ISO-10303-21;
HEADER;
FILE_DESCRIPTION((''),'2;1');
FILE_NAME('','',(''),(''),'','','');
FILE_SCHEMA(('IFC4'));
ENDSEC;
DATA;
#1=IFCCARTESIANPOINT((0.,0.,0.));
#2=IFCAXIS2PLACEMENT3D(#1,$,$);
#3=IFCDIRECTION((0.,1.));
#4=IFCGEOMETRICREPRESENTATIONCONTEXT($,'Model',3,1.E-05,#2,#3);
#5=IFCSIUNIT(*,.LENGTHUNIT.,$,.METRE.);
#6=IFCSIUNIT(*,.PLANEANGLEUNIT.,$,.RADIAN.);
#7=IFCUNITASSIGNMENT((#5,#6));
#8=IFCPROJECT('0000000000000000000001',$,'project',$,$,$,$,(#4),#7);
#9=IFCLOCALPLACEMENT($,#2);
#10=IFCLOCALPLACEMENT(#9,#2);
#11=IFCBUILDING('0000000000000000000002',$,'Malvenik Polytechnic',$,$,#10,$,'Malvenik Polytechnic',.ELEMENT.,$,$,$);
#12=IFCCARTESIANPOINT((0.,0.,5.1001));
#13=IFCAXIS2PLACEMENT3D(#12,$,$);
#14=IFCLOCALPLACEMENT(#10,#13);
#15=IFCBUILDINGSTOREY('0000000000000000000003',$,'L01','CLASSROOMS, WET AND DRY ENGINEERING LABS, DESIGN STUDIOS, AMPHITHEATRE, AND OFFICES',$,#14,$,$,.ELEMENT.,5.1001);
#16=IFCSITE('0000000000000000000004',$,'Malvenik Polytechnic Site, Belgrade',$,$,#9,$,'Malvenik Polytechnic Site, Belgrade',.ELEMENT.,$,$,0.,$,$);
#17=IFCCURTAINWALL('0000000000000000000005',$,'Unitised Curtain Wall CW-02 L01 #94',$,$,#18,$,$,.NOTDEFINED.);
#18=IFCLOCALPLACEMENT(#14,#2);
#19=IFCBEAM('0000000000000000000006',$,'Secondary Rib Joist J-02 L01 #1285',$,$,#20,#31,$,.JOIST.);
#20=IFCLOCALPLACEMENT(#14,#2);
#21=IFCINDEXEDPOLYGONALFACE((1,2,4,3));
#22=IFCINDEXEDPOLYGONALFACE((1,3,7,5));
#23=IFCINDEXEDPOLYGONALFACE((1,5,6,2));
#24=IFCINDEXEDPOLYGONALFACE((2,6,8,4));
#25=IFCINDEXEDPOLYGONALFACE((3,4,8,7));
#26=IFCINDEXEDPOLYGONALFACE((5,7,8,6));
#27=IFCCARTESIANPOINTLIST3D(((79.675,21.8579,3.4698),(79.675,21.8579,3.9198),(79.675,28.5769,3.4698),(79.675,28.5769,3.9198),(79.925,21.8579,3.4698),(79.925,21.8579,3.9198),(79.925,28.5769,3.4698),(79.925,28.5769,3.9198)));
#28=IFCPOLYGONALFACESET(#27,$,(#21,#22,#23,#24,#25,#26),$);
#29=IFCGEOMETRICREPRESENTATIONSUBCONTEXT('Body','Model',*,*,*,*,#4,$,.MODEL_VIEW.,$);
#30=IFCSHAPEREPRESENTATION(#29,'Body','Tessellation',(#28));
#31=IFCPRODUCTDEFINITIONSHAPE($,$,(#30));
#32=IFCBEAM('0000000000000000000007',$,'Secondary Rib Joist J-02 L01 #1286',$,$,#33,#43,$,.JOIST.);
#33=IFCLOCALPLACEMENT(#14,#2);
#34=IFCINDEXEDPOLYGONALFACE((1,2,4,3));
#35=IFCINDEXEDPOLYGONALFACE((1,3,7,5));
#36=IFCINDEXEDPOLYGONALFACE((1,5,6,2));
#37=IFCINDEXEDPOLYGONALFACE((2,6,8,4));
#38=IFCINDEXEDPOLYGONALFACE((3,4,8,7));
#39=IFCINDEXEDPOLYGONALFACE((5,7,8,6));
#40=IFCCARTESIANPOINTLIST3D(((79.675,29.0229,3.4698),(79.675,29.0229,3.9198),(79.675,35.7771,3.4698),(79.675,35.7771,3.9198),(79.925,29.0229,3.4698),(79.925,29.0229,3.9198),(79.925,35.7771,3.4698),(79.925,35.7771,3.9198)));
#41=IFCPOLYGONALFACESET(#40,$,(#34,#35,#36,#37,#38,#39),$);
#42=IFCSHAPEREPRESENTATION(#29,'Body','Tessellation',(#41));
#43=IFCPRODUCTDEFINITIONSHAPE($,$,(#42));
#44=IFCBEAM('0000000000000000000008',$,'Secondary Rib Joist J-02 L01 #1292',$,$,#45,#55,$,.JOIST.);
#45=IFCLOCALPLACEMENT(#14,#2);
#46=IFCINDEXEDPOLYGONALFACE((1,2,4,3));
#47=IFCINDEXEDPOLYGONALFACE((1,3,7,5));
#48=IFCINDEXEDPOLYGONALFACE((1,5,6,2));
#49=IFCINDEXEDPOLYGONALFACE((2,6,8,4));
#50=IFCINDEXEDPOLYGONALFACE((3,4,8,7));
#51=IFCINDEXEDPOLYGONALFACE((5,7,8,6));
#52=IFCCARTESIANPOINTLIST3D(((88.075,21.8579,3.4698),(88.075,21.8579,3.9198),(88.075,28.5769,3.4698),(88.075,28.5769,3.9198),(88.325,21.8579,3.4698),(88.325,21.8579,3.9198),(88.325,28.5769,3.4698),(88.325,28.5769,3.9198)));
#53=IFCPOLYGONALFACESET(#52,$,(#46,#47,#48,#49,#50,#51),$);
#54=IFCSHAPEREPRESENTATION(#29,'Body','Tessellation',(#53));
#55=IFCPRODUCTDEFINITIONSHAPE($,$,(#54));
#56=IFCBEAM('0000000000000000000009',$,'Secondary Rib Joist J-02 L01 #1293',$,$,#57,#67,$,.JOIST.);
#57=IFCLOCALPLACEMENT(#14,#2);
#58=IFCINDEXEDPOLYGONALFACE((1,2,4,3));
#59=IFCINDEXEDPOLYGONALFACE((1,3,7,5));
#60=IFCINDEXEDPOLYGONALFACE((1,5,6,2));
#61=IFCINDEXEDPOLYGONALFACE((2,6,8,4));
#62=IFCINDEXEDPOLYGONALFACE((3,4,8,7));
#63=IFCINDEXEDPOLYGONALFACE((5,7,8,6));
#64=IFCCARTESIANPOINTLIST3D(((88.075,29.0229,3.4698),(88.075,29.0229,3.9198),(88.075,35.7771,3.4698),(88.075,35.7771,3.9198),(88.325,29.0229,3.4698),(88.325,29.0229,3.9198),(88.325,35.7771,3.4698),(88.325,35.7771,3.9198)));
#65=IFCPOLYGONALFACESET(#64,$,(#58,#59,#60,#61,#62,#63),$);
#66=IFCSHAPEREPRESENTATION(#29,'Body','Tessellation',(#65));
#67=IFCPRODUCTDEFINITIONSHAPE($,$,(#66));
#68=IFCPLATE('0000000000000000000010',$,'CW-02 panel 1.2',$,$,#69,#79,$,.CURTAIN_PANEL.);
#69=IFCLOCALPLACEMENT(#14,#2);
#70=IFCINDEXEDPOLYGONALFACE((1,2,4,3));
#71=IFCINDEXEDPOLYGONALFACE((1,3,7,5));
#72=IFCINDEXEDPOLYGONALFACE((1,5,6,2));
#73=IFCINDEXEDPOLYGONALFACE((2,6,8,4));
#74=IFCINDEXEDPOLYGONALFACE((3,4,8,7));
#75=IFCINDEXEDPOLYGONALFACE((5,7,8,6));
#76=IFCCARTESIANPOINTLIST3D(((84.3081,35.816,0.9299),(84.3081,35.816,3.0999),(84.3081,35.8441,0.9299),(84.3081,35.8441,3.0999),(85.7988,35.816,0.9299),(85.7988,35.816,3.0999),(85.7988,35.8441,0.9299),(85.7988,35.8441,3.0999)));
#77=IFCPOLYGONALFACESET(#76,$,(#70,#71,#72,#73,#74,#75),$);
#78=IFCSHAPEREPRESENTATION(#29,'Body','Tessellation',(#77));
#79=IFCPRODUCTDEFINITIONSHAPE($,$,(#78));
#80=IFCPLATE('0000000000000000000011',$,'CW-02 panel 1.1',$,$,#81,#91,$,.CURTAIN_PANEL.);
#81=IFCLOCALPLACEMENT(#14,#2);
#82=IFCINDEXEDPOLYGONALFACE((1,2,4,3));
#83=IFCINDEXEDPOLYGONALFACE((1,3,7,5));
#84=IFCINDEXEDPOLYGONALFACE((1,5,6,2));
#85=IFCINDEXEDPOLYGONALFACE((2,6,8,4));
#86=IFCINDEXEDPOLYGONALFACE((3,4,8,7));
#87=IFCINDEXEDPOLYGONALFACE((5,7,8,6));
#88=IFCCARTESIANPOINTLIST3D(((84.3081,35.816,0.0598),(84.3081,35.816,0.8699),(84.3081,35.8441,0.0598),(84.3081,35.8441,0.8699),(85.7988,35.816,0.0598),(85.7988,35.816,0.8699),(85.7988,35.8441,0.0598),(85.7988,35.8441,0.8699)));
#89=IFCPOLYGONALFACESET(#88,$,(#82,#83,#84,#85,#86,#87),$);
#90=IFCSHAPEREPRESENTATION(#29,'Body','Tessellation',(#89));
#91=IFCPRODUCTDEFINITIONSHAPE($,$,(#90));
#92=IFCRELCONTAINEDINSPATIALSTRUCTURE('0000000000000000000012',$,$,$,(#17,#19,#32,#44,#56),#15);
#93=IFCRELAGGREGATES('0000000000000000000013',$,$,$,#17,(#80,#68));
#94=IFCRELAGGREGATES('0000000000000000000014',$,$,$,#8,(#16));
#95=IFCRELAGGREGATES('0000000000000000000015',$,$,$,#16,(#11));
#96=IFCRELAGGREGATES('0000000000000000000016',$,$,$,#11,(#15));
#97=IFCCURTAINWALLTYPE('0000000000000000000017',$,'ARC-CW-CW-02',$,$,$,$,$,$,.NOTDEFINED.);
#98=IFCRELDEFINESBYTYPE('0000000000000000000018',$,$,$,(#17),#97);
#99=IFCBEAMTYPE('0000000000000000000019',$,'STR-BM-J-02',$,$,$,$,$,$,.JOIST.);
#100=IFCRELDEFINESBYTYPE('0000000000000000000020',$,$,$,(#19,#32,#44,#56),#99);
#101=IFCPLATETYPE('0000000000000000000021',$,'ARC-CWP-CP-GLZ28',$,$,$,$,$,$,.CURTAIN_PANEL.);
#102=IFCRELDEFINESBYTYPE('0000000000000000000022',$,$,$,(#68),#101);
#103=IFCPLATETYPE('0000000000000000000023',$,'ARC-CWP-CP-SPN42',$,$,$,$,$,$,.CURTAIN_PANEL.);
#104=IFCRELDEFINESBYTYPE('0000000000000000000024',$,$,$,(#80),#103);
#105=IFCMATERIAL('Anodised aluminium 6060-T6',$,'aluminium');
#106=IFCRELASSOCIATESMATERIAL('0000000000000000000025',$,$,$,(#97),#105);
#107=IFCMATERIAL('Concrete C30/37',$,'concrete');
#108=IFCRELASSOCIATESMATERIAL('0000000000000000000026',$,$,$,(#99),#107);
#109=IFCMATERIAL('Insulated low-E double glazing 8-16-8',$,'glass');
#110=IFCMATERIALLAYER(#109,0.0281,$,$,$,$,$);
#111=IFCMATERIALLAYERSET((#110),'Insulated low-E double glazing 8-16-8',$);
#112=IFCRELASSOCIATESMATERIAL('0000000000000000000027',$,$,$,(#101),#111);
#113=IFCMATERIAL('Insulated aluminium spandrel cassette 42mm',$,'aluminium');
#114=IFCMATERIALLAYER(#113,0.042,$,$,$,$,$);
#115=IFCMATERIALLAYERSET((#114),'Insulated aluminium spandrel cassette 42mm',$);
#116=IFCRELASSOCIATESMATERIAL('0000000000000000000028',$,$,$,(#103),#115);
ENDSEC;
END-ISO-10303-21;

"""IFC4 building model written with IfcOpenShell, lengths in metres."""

from ifc_helpers import new_model, si_unit, direction, frame, origin, origin_2d, place, context, subcontext, project, spatial, rectangle, extrude, material, layer, layer_set, material_profile, profile_set, type_object, element, aggregate, save


model = new_model("IFC4")

# Units and contexts
model_context = context("Model", 3, precision=1e-05, world=origin(), true_north=direction((0.0, 1.0)))
body_context = subcontext(model_context, "Body", "Model", "MODEL_VIEW")
ifc_project = project(units=[si_unit("LENGTHUNIT", "METRE"), si_unit("PLANEANGLEUNIT", "RADIAN")], contexts=[model_context])

# Site, building, storey
site_placement = place(None, origin())
site = spatial("IfcSite", under=ifc_project, at=site_placement, Name="Malvenik Polytechnic Site, Belgrade", LongName="Malvenik Polytechnic Site, Belgrade", CompositionType="ELEMENT", RefElevation=0.0)
building_placement = place(site_placement, origin())
building = spatial("IfcBuilding", under=site, at=building_placement, Name="Malvenik Polytechnic", LongName="Malvenik Polytechnic", CompositionType="ELEMENT")
storey_placement = place(building_placement, frame((0.0, 0.0, 5.1001)))
storey = spatial("IfcBuildingStorey", under=building, at=storey_placement, Name="L01", Description="CLASSROOMS, WET AND DRY ENGINEERING LABS, DESIGN STUDIOS, AMPHITHEATRE, AND OFFICES", CompositionType="ELEMENT", Elevation=5.1001)

# Curtain wall
ifc_material_1 = material(Name="Anodised aluminium 6060-T6", Category="aluminium")
curtain_wall_type = type_object("IfcCurtainWallType", Name="ARC-CW-CW-02", PredefinedType="NOTDEFINED", material=ifc_material_1)
curtain_wall_1_placement = place(storey_placement, origin())
curtain_wall_1 = element("IfcCurtainWall", 1, at=curtain_wall_1_placement, inside=storey, type_object=curtain_wall_type, Name="Unitised Curtain Wall CW-02 L01 #94", PredefinedType="NOTDEFINED")

# Beams
ifc_material_2 = material(Name="Concrete C30/37", Category="concrete")
ifc_material_profile_1 = material_profile(ifc_material_2, rectangle(XDim=0.25, YDim=0.45, at=origin_2d()), Name="RC JST 250x450")
ifc_profile_set_1 = profile_set([ifc_material_profile_1], Name="Concrete C30/37")
beam_type_1 = type_object("IfcBeamType", Name="STR-BM-J-02", PredefinedType="JOIST", material=ifc_profile_set_1)
beam_1_placement = place(storey_placement, frame((79.8, 21.8579, 3.6948), z_axis=(0.0, 1.0, 0.0), x_axis=(-1.0, 0.0, 0.0)))
element("IfcBeam", 2, at=beam_1_placement, inside=storey, type_object=beam_type_1, Name="Secondary Rib Joist J-02 L01 #1285", PredefinedType="JOIST", context=body_context, shape_type="SweptSolid", body=[
    extrude(rectangle(XDim=0.25, YDim=0.45, at=origin_2d()), origin(), (0.0, 0.0, 1.0), 6.719),
])
beam_2_placement = place(storey_placement, frame((79.8, 29.0229, 3.6948), z_axis=(0.0, 1.0, 0.0), x_axis=(-1.0, 0.0, 0.0)))
element("IfcBeam", 3, at=beam_2_placement, inside=storey, type_object=beam_type_1, Name="Secondary Rib Joist J-02 L01 #1286", PredefinedType="JOIST", context=body_context, shape_type="SweptSolid", body=[
    extrude(rectangle(XDim=0.25, YDim=0.45, at=origin_2d()), origin(), (0.0, 0.0, 1.0), 6.7542),
])
beam_3_placement = place(storey_placement, frame((88.2, 21.8579, 3.6948), z_axis=(0.0, 1.0, 0.0), x_axis=(-1.0, 0.0, 0.0)))
element("IfcBeam", 4, at=beam_3_placement, inside=storey, type_object=beam_type_1, Name="Secondary Rib Joist J-02 L01 #1292", PredefinedType="JOIST", context=body_context, shape_type="SweptSolid", body=[
    extrude(rectangle(XDim=0.25, YDim=0.45, at=origin_2d()), origin(), (0.0, 0.0, 1.0), 6.719),
])
beam_4_placement = place(storey_placement, frame((88.2, 29.0229, 3.6948), z_axis=(0.0, 1.0, 0.0), x_axis=(-1.0, 0.0, 0.0)))
element("IfcBeam", 5, at=beam_4_placement, inside=storey, type_object=beam_type_1, Name="Secondary Rib Joist J-02 L01 #1293", PredefinedType="JOIST", context=body_context, shape_type="SweptSolid", body=[
    extrude(rectangle(XDim=0.25, YDim=0.45, at=origin_2d()), origin(), (0.0, 0.0, 1.0), 6.7542),
])

# Plates
ifc_material_3 = material(Name="Insulated low-E double glazing 8-16-8", Category="glass")
ifc_layer_1 = layer(ifc_material_3, 0.0281)
ifc_layer_set_1 = layer_set([ifc_layer_1], Name="Insulated low-E double glazing 8-16-8")
plate_type_1 = type_object("IfcPlateType", Name="ARC-CWP-CP-GLZ28", PredefinedType="CURTAIN_PANEL", material=ifc_layer_set_1)
plate_1_placement = place(storey_placement, frame((85.0535, 35.8301, 0.9299), z_axis=(0.0, 0.0, 1.0), x_axis=(1.0, 0.0, 0.0)))
plate_1 = element("IfcPlate", 6, at=plate_1_placement, type_object=plate_type_1, Name="CW-02 panel 1.2", PredefinedType="CURTAIN_PANEL", context=body_context, shape_type="SweptSolid", body=[
    extrude(rectangle(XDim=1.4907, YDim=0.0281, at=origin_2d()), origin(), (0.0, 0.0, 1.0), 2.1699),
])
ifc_material_4 = material(Name="Insulated aluminium spandrel cassette 42mm", Category="aluminium")
ifc_layer_2 = layer(ifc_material_4, 0.042)
ifc_layer_set_2 = layer_set([ifc_layer_2], Name="Insulated aluminium spandrel cassette 42mm")
plate_type_2 = type_object("IfcPlateType", Name="ARC-CWP-CP-SPN42", PredefinedType="CURTAIN_PANEL", material=ifc_layer_set_2)
plate_2_placement = place(storey_placement, frame((85.0535, 35.8301, 0.0598), z_axis=(0.0, 0.0, 1.0), x_axis=(1.0, 0.0, 0.0)))
plate_2 = element("IfcPlate", 7, at=plate_2_placement, type_object=plate_type_2, Name="CW-02 panel 1.1", PredefinedType="CURTAIN_PANEL", context=body_context, shape_type="SweptSolid", body=[
    extrude(rectangle(XDim=1.4907, YDim=0.0281, at=origin_2d()), origin(), (0.0, 0.0, 1.0), 0.8101),
])
aggregate(curtain_wall_1, [plate_2, plate_1])

save(model, "model.ifc")
